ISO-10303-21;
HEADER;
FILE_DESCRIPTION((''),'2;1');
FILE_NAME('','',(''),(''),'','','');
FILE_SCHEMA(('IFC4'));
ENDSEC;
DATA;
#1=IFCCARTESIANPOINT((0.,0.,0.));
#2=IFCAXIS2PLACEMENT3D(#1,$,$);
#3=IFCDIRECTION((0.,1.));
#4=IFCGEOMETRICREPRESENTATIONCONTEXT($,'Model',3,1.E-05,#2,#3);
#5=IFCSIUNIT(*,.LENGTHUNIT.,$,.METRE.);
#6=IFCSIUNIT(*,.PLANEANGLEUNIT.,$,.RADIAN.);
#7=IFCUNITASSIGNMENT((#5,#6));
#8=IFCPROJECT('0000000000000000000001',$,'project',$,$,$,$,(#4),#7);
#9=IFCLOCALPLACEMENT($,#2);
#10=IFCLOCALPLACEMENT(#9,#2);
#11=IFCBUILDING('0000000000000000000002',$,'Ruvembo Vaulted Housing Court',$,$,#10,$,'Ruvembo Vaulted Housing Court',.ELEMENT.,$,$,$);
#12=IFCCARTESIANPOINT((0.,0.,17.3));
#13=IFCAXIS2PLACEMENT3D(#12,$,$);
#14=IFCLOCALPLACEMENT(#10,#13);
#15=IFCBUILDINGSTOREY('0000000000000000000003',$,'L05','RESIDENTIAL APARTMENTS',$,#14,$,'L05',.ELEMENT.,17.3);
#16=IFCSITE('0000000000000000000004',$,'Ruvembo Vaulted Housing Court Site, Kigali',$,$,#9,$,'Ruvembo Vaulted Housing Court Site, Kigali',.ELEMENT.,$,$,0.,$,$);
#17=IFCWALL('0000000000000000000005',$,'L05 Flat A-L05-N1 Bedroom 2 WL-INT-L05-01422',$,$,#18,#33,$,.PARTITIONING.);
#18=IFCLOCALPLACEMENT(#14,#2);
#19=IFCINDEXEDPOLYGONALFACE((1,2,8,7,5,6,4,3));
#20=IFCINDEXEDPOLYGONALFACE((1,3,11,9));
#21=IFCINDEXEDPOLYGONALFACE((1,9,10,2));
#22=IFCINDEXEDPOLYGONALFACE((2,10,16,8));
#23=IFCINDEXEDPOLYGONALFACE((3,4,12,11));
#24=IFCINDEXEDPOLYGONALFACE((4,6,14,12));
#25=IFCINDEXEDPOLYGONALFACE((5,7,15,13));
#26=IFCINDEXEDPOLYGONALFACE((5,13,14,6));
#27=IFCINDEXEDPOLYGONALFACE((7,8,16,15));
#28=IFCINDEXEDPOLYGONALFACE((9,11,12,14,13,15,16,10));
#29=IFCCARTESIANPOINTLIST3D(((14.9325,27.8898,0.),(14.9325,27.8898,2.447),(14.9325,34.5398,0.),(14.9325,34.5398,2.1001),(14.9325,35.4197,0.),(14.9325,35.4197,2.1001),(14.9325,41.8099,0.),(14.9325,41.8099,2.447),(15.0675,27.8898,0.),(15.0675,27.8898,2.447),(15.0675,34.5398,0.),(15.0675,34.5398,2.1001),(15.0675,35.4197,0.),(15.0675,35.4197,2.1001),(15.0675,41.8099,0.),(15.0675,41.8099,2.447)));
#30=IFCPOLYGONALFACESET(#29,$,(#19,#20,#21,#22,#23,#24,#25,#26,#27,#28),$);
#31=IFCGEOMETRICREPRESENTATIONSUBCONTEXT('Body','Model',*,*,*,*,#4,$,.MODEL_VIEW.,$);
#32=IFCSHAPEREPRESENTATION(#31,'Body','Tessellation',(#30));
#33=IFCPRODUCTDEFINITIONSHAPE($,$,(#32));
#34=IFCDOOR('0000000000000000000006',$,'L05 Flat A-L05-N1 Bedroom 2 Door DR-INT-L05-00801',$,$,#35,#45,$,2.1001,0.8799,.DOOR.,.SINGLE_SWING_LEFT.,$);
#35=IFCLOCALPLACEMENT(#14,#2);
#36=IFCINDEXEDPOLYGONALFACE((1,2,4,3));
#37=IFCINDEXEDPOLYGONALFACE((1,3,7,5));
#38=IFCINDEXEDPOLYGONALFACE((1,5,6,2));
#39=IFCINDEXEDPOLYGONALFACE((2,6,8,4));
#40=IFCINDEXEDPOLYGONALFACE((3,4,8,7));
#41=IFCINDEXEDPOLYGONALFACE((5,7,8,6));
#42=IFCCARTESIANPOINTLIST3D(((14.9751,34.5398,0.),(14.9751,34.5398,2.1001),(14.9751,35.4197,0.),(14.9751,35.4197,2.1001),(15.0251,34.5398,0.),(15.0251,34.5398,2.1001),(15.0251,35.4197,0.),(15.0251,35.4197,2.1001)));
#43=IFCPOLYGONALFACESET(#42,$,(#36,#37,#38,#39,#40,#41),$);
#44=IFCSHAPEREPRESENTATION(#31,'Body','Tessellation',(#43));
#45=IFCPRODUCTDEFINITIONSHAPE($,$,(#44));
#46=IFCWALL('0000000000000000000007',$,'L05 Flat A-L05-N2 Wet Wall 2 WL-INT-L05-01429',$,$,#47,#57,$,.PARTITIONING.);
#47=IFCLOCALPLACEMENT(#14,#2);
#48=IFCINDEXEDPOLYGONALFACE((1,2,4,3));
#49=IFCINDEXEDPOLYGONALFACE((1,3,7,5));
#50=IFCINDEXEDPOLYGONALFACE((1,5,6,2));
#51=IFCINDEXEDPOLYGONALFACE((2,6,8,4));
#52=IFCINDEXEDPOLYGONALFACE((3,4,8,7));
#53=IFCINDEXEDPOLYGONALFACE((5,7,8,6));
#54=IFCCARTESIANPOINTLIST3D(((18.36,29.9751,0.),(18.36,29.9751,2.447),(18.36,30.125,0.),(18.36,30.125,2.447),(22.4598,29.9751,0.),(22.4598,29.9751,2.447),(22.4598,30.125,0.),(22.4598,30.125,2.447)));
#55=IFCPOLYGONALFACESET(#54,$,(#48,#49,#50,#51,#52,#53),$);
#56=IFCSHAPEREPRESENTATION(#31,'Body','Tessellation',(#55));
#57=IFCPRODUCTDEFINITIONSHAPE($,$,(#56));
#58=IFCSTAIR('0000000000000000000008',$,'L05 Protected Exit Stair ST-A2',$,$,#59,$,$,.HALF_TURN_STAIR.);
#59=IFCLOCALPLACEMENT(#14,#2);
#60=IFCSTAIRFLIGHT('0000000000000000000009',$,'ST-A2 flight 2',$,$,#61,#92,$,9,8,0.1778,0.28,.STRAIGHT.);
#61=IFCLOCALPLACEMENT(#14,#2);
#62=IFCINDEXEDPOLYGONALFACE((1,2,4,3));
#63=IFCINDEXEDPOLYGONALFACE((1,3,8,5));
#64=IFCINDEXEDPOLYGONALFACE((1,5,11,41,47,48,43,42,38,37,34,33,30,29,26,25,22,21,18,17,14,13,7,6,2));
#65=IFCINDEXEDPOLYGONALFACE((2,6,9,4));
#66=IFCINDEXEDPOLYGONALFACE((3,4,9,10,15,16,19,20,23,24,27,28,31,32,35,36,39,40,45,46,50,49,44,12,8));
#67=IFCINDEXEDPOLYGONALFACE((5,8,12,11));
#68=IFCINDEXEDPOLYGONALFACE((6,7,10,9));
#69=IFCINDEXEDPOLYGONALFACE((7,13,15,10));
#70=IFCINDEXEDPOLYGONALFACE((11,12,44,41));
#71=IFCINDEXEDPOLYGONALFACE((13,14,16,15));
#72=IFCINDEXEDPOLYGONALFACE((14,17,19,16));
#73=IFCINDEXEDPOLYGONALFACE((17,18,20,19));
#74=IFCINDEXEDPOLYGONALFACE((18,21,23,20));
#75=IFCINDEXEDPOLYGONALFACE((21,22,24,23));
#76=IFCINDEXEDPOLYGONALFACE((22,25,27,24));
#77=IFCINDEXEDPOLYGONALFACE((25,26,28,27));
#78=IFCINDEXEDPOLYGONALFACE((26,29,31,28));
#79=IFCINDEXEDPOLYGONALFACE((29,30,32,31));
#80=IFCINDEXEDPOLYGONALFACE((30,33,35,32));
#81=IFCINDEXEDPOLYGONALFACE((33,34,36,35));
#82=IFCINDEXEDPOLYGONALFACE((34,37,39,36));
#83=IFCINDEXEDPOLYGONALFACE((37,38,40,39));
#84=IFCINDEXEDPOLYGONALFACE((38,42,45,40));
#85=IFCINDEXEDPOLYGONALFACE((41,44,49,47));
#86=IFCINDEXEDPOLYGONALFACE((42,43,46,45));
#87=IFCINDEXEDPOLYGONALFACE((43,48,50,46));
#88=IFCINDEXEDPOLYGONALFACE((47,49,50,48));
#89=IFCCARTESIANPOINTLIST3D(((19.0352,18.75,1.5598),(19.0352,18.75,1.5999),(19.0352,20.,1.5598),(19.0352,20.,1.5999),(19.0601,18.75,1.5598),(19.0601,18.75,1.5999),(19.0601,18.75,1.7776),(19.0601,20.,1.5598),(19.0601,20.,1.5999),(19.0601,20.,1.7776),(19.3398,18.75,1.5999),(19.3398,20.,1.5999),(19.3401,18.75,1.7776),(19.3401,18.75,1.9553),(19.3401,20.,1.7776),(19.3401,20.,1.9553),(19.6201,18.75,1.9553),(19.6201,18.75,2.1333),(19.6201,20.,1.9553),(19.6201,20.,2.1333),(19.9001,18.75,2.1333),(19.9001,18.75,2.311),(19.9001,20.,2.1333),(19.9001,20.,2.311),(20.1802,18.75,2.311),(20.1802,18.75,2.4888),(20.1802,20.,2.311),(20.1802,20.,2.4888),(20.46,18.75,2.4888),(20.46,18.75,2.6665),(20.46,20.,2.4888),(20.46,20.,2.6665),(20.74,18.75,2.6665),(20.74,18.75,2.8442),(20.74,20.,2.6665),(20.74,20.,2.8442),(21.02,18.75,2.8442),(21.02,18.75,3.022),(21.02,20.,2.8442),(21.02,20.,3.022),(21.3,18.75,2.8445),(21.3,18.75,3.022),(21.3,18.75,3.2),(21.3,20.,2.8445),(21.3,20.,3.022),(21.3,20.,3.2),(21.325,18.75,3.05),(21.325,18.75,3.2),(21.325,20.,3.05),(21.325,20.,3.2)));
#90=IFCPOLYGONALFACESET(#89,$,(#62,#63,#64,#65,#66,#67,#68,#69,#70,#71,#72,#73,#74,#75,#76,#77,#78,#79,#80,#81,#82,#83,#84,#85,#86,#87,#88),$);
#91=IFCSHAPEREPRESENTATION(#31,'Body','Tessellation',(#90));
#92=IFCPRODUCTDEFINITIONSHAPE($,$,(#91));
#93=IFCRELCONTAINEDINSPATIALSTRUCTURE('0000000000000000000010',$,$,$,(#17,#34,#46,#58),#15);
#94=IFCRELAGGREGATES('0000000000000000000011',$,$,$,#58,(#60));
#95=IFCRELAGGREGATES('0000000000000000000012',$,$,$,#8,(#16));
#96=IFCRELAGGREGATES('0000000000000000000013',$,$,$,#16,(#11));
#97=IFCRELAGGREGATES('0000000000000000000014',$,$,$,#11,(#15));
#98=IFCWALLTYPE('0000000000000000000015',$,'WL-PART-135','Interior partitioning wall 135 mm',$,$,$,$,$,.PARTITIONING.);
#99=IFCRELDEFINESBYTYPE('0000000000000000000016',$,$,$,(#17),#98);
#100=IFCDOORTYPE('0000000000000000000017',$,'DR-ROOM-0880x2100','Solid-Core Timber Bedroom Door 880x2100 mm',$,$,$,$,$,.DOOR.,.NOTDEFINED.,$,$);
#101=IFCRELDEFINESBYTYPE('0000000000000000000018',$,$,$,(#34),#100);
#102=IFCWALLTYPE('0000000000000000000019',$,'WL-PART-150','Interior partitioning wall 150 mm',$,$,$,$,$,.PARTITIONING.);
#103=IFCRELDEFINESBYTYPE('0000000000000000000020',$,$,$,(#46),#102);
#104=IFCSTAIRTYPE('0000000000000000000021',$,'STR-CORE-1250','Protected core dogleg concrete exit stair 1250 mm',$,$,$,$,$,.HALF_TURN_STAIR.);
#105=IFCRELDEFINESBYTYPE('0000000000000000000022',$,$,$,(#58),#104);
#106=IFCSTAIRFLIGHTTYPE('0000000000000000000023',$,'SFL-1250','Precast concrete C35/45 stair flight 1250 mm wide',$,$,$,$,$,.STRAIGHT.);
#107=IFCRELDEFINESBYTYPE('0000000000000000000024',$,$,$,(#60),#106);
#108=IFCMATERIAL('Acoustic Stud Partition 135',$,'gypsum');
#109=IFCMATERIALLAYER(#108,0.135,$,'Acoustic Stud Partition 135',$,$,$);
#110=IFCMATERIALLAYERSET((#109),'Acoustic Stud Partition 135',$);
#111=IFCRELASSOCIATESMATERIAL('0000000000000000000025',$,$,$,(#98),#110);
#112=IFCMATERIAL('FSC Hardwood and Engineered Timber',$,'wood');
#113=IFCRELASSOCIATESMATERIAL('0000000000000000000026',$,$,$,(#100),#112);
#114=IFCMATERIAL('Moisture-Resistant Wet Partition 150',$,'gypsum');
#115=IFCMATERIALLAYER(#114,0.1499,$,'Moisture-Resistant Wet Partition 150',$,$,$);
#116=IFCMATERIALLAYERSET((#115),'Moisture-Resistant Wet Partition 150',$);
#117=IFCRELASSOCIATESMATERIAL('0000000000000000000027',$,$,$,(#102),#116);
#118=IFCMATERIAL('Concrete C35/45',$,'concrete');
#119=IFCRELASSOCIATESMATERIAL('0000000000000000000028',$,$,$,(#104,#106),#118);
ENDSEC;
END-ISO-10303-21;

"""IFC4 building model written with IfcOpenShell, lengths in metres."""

from ifc_helpers import new_model, si_unit, direction, frame, frame_2d, origin, place, context, subcontext, project, spatial, polyline, rectangle, outline, extrude, material, layer, layer_set, type_object, element, fill, aggregate, save


model = new_model("IFC4")

# Units and contexts
model_context = context("Model", 3, precision=1e-05, world=origin(), true_north=direction((0.0, 1.0)))
body_context = subcontext(model_context, "Body", "Model", "MODEL_VIEW")
ifc_project = project(units=[si_unit("LENGTHUNIT", "METRE"), si_unit("PLANEANGLEUNIT", "RADIAN")], contexts=[model_context])

# Site, building, storey
site_placement = place(None, origin())
site = spatial("IfcSite", under=ifc_project, at=site_placement, Name="Ruvembo Vaulted Housing Court Site, Kigali", LongName="Ruvembo Vaulted Housing Court Site, Kigali", CompositionType="ELEMENT", RefElevation=0.0)
building_placement = place(site_placement, origin())
building = spatial("IfcBuilding", under=site, at=building_placement, Name="Ruvembo Vaulted Housing Court", LongName="Ruvembo Vaulted Housing Court", CompositionType="ELEMENT")
storey_placement = place(building_placement, frame((0.0, 0.0, 17.3)))
storey = spatial("IfcBuildingStorey", under=building, at=storey_placement, Name="L05", Description="RESIDENTIAL APARTMENTS", LongName="L05", CompositionType="ELEMENT", Elevation=17.3)

# Shared definitions
ifc_material_1 = material(Name="Concrete C35/45", Category="concrete")

# Wall, opening, door
ifc_material_2 = material(Name="Acoustic Stud Partition 135", Category="gypsum")
ifc_layer_1 = layer(ifc_material_2, 0.135, Name="Acoustic Stud Partition 135")
ifc_layer_set_1 = layer_set([ifc_layer_1], Name="Acoustic Stud Partition 135")
wall_type_1 = type_object("IfcWallType", Name="WL-PART-135", Description="Interior partitioning wall 135 mm", PredefinedType="PARTITIONING", material=ifc_layer_set_1)
wall_1_placement = place(storey_placement, frame((15.0, 27.8899, 0.0), z_axis=(0.0, 0.0, 1.0), x_axis=(0.0, 1.0, 0.0)))
wall_1 = element("IfcWall", 1, at=wall_1_placement, inside=storey, type_object=wall_type_1, Name="L05 Flat A-L05-N1 Bedroom 2 WL-INT-L05-01422", PredefinedType="PARTITIONING", context=body_context, shape_type="SweptSolid", body=[
    extrude(rectangle(XDim=13.9202, YDim=0.135, at=frame_2d((6.96, 0.0))), origin(), (0.0, 0.0, 1.0), 2.447),
])
opening_1_placement = place(wall_1_placement, frame((6.6499, 0.0, 0.0)))
opening_1 = element("IfcOpeningElement", 2, at=opening_1_placement, cuts=wall_1, PredefinedType="OPENING", context=body_context, shape_type="SweptSolid", body=[
    extrude(rectangle(XDim=0.8799, YDim=2.1001, at=frame_2d((0.4399, 1.05))), frame((0.0, 0.0774, 0.0), z_axis=(0.0, -1.0, 0.0), x_axis=(1.0, 0.0, 0.0)), (0.0, 0.0, 1.0), 0.155),
])
ifc_material_3 = material(Name="FSC Hardwood and Engineered Timber", Category="wood")
door_type_1 = type_object("IfcDoorType", Name="DR-ROOM-0880x2100", Description="Solid-Core Timber Bedroom Door 880x2100 mm", OperationType="NOTDEFINED", PredefinedType="DOOR", material=ifc_material_3)
door_1_placement = place(opening_1_placement, origin())
door_1 = element("IfcDoor", 3, at=door_1_placement, inside=storey, type_object=door_type_1, Name="L05 Flat A-L05-N1 Bedroom 2 Door DR-INT-L05-00801", OperationType="SINGLE_SWING_LEFT", OverallHeight=2.1001, OverallWidth=0.8799, PredefinedType="DOOR", context=body_context, shape_type="SweptSolid", body=[
    extrude(rectangle(XDim=0.8799, YDim=2.1001, at=frame_2d((0.4399, 1.05))), frame((0.0, 0.0249, 0.0), z_axis=(0.0, -1.0, 0.0), x_axis=(1.0, 0.0, 0.0)), (0.0, 0.0, 1.0), 0.05),
])
fill(opening_1, door_1)

# Wall
ifc_material_4 = material(Name="Moisture-Resistant Wet Partition 150", Category="gypsum")
ifc_layer_2 = layer(ifc_material_4, 0.1499, Name="Moisture-Resistant Wet Partition 150")
ifc_layer_set_2 = layer_set([ifc_layer_2], Name="Moisture-Resistant Wet Partition 150")
wall_type_2 = type_object("IfcWallType", Name="WL-PART-150", Description="Interior partitioning wall 150 mm", PredefinedType="PARTITIONING", material=ifc_layer_set_2)
wall_2_placement = place(storey_placement, frame((18.3601, 30.05, 0.0), z_axis=(0.0, 0.0, 1.0), x_axis=(1.0, 0.0, 0.0)))
element("IfcWall", 4, at=wall_2_placement, inside=storey, type_object=wall_type_2, Name="L05 Flat A-L05-N2 Wet Wall 2 WL-INT-L05-01429", PredefinedType="PARTITIONING", context=body_context, shape_type="SweptSolid", body=[
    extrude(rectangle(XDim=4.0999, YDim=0.1499, at=frame_2d((2.0498, 0.0))), origin(), (0.0, 0.0, 1.0), 2.447),
])

# Stair, stair flight
stair_type = type_object("IfcStairType", Name="STR-CORE-1250", Description="Protected core dogleg concrete exit stair 1250 mm", PredefinedType="HALF_TURN_STAIR", material=ifc_material_1)
stair_placement = place(storey_placement, origin())
stair = element("IfcStair", 5, at=stair_placement, inside=storey, type_object=stair_type, Name="L05 Protected Exit Stair ST-A2", PredefinedType="HALF_TURN_STAIR")
stair_flight_type = type_object("IfcStairFlightType", Name="SFL-1250", Description="Precast concrete C35/45 stair flight 1250 mm wide", PredefinedType="STRAIGHT", material=ifc_material_1)
stair_flight_placement = place(storey_placement, frame((19.0601, 19.375, 1.5999), z_axis=(0.0, 0.0, 1.0), x_axis=(1.0, 0.0, 0.0)))
stair_flight = element("IfcStairFlight", 6, at=stair_flight_placement, type_object=stair_flight_type, Name="ST-A2 flight 2", NumberOfRisers=9, NumberOfTreads=8, PredefinedType="STRAIGHT", RiserHeight=0.1778, TreadLength=0.28, context=body_context, shape_type="SweptSolid", body=[
    extrude(outline(polyline([(-0.0249, -0.04), (-0.0249, 0.0), (0.0, 0.0), (0.0, 0.1777), (0.28, 0.1777), (0.28, 0.3555), (0.5601, 0.3555), (0.5601, 0.5334), (0.8401, 0.5334), (0.8401, 0.7112), (1.1201, 0.7112), (1.1201, 0.8889), (1.3999, 0.8889), (1.3999, 1.0667), (1.6799, 1.0667), (1.6799, 1.2444), (1.96, 1.2444), (1.96, 1.4221), (2.24, 1.4221), (2.24, 1.6001), (2.2649, 1.6001), (2.2649, 1.4502), (2.24, 1.2446), (0.2798, 0.0), (0.0, -0.04), (-0.0249, -0.04)])), frame((0.0, 0.625, 0.0), z_axis=(0.0, -1.0, 0.0), x_axis=(1.0, 0.0, 0.0)), (0.0, 0.0, 1.0), 1.25),
])
aggregate(stair, [stair_flight])

save(model, "model.ifc")
